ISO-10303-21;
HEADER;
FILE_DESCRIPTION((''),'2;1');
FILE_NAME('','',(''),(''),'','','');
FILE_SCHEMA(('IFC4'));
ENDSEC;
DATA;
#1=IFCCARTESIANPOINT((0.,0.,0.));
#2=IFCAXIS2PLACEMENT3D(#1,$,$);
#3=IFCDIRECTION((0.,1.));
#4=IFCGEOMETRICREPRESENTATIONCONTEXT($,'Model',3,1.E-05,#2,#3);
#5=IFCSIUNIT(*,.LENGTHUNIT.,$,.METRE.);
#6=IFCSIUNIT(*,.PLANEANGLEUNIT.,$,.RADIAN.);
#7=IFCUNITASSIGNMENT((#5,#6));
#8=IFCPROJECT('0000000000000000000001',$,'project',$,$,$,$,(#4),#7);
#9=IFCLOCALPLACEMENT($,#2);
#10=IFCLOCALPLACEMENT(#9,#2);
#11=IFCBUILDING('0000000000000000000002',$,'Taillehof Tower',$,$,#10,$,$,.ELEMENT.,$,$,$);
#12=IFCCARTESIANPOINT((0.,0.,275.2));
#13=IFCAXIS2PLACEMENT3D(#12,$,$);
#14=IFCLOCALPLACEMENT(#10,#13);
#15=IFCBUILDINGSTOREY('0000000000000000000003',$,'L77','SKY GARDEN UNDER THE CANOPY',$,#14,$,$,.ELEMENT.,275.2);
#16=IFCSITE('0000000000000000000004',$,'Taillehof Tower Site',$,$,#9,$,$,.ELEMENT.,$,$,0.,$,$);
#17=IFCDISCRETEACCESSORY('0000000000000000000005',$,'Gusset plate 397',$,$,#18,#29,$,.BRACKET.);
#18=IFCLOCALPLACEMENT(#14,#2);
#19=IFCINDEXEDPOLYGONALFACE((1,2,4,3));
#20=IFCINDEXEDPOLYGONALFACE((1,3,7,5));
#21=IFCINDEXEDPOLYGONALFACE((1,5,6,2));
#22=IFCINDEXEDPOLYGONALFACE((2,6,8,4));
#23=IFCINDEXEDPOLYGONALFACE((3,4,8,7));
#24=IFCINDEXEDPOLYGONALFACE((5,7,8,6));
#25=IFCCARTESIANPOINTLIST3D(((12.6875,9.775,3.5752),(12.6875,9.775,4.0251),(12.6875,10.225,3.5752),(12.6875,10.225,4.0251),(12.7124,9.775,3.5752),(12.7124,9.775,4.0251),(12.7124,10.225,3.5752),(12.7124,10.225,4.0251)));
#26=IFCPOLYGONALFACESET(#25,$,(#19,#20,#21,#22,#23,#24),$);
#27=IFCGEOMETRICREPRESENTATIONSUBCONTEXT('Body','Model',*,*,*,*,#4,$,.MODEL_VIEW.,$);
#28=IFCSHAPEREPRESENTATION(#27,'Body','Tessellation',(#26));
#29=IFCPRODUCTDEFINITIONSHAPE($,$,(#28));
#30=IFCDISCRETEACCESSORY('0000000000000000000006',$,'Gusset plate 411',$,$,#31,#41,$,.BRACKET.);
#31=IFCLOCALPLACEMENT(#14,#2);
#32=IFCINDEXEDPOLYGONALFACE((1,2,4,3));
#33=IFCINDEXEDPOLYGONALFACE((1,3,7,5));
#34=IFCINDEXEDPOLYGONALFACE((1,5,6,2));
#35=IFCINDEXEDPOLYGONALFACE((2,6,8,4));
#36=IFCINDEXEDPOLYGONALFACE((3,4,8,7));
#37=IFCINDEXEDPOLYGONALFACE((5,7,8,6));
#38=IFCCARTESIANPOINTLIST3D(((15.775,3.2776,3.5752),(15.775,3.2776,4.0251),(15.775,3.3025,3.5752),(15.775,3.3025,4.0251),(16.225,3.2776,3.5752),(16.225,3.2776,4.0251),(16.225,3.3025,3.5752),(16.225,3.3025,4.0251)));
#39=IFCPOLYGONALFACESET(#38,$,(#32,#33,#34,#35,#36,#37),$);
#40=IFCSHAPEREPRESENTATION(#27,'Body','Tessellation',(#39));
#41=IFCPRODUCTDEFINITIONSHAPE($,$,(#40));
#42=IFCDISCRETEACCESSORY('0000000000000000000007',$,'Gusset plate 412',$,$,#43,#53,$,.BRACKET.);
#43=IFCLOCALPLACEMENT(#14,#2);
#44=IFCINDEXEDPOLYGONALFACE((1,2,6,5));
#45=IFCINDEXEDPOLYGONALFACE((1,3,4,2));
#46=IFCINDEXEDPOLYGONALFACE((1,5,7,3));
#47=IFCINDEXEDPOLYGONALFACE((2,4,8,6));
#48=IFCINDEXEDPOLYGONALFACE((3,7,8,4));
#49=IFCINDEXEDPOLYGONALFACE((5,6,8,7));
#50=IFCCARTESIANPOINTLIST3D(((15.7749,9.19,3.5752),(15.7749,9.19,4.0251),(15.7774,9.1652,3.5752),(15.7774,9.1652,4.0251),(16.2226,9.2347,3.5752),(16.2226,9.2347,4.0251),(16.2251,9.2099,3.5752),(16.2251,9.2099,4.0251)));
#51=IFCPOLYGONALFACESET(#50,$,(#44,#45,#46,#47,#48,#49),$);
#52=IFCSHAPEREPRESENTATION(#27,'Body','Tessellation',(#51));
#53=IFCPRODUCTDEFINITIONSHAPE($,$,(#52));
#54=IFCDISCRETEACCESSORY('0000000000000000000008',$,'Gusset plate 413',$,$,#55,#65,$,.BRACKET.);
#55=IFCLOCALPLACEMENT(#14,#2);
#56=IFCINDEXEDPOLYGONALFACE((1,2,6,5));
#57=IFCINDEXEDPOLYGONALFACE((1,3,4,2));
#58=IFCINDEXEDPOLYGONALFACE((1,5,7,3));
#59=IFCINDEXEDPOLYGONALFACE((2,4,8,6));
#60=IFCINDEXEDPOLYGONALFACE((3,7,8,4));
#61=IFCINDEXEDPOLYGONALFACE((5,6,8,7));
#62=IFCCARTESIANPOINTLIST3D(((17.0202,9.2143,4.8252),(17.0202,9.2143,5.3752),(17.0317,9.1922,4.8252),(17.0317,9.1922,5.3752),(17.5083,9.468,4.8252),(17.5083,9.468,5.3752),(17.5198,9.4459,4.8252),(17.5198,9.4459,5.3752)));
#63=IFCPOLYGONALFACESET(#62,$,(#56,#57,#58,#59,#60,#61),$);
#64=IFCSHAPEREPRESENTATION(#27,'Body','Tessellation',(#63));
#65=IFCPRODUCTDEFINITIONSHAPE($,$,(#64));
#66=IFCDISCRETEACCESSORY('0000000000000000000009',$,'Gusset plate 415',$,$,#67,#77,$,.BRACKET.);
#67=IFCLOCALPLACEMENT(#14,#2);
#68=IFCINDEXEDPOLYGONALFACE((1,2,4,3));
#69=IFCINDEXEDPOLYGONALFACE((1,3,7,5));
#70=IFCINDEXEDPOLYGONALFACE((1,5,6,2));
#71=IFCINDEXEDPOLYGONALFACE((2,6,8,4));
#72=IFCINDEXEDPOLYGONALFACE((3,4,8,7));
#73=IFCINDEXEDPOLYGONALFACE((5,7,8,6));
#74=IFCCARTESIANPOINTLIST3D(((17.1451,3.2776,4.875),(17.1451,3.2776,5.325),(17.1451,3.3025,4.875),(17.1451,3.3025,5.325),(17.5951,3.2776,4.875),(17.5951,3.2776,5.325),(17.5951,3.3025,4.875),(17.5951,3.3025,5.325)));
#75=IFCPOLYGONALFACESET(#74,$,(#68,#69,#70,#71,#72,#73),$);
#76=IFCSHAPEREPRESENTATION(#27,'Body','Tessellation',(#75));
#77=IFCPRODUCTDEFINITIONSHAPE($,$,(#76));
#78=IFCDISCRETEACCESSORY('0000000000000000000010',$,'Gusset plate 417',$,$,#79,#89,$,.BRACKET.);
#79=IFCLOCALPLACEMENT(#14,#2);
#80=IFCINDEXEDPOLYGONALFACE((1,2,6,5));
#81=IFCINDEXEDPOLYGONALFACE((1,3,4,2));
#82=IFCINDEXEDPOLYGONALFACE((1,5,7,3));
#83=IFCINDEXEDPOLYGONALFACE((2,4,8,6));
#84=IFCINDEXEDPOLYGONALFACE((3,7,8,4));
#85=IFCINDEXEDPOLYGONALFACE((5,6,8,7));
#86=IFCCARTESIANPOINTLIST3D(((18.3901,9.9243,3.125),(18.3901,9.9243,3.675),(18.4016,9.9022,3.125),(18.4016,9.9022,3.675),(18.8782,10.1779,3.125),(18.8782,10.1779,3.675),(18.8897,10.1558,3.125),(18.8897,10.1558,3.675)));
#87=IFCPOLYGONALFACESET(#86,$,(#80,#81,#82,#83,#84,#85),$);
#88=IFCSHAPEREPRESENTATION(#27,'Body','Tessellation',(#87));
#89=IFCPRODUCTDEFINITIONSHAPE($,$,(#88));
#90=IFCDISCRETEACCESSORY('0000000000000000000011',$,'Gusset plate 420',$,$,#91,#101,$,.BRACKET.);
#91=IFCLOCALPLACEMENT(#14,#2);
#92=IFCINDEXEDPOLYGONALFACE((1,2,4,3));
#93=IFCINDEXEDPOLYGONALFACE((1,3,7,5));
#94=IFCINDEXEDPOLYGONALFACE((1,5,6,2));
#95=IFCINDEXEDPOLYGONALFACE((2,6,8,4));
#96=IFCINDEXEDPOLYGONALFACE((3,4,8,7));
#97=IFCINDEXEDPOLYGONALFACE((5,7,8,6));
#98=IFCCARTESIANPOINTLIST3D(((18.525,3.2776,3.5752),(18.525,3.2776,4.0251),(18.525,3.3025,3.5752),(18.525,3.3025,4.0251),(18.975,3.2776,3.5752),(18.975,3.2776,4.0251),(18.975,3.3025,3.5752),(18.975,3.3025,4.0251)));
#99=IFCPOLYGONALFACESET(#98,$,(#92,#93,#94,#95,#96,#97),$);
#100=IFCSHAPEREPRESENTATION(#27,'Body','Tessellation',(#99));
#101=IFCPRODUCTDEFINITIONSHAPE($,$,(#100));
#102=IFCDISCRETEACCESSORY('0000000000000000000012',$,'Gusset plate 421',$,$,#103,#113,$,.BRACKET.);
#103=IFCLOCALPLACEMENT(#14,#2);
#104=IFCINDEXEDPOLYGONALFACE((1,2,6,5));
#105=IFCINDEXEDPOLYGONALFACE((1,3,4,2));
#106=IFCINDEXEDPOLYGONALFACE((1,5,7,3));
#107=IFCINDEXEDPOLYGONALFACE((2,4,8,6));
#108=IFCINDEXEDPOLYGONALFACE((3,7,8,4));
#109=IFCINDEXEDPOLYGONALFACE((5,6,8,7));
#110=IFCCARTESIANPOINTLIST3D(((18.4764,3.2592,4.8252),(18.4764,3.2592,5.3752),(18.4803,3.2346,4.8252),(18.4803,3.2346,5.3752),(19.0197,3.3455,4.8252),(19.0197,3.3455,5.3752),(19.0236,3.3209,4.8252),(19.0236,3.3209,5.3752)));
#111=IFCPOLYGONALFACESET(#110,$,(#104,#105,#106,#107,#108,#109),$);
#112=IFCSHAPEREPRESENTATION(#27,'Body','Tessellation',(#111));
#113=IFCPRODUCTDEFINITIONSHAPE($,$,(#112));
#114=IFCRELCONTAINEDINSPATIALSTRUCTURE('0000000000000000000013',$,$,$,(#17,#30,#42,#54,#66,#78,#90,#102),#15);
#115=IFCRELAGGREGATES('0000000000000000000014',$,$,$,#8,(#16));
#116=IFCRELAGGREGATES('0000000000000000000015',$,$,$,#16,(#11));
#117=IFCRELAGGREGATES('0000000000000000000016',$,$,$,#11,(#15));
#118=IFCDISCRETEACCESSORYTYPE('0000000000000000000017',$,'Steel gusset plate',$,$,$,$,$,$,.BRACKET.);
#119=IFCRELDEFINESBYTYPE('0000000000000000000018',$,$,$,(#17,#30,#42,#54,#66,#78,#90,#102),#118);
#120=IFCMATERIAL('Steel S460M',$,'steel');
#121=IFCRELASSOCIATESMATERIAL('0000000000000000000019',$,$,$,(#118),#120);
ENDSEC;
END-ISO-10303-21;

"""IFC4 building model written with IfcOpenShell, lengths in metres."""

from ifc_helpers import new_model, si_unit, direction, frame, origin, origin_2d, place, context, subcontext, project, spatial, rectangle, extrude, material, type_object, element, save


model = new_model("IFC4")

# Units and contexts
model_context = context("Model", 3, precision=1e-05, world=origin(), true_north=direction((0.0, 1.0)))
body_context = subcontext(model_context, "Body", "Model", "MODEL_VIEW")
ifc_project = project(units=[si_unit("LENGTHUNIT", "METRE"), si_unit("PLANEANGLEUNIT", "RADIAN")], contexts=[model_context])

# Site, building, storey
site_placement = place(None, origin())
site = spatial("IfcSite", under=ifc_project, at=site_placement, Name="Taillehof Tower Site", CompositionType="ELEMENT", RefElevation=0.0)
building_placement = place(site_placement, origin())
building = spatial("IfcBuilding", under=site, at=building_placement, Name="Taillehof Tower", CompositionType="ELEMENT")
storey_placement = place(building_placement, frame((0.0, 0.0, 275.2)))
storey = spatial("IfcBuildingStorey", under=building, at=storey_placement, Name="L77", Description="SKY GARDEN UNDER THE CANOPY", CompositionType="ELEMENT", Elevation=275.2)

# Discrete accessories
ifc_material_1 = material(Name="Steel S460M", Category="steel")
discrete_accessory_type_1 = type_object("IfcDiscreteAccessoryType", Name="Steel gusset plate", PredefinedType="BRACKET", material=ifc_material_1)
for number, where, z_axis, x_axis, name in (
    (1, (12.7, 10.0, 3.5752), (0.0, 0.0, 1.0), (0.0, -1.0, 0.0), "Gusset plate 397"),
    (2, (16.0, 3.29, 3.5752), (0.0, 0.0, 1.0), (-1.0, 0.0, 0.0), "Gusset plate 411"),
    (3, (16.0, 9.2, 3.5752), (0.0, 0.0, 1.0), (-0.99506, -0.09928, 0.0), "Gusset plate 412"),
):
    element("IfcDiscreteAccessory", number, at=place(storey_placement, frame(where, z_axis=z_axis, x_axis=x_axis)), inside=storey, type_object=discrete_accessory_type_1, Name=name, PredefinedType="BRACKET", context=body_context, shape_type="SweptSolid", body=[
        extrude(rectangle(XDim=0.45, YDim=0.0249, at=origin_2d()), origin(), (0.0, 0.0, 1.0), 0.45),
    ])
discrete_accessory_1_placement = place(storey_placement, frame((17.27, 9.3301, 4.8252), z_axis=(0.0, 0.0, 1.0), x_axis=(-0.887314, -0.461166, 0.0)))
element("IfcDiscreteAccessory", 4, at=discrete_accessory_1_placement, inside=storey, type_object=discrete_accessory_type_1, Name="Gusset plate 413", PredefinedType="BRACKET", context=body_context, shape_type="SweptSolid", body=[
    extrude(rectangle(XDim=0.55, YDim=0.0249, at=origin_2d()), origin(), (0.0, 0.0, 1.0), 0.55),
])
discrete_accessory_2_placement = place(storey_placement, frame((17.3701, 3.29, 4.875), z_axis=(0.0, 0.0, 1.0), x_axis=(-1.0, 0.0, 0.0)))
element("IfcDiscreteAccessory", 5, at=discrete_accessory_2_placement, inside=storey, type_object=discrete_accessory_type_1, Name="Gusset plate 415", PredefinedType="BRACKET", context=body_context, shape_type="SweptSolid", body=[
    extrude(rectangle(XDim=0.45, YDim=0.0249, at=origin_2d()), origin(), (0.0, 0.0, 1.0), 0.45),
])
discrete_accessory_3_placement = place(storey_placement, frame((18.6399, 10.04, 3.125), z_axis=(0.0, 0.0, 1.0), x_axis=(-0.887314, -0.461166, 0.0)))
element("IfcDiscreteAccessory", 6, at=discrete_accessory_3_placement, inside=storey, type_object=discrete_accessory_type_1, Name="Gusset plate 417", PredefinedType="BRACKET", context=body_context, shape_type="SweptSolid", body=[
    extrude(rectangle(XDim=0.55, YDim=0.0249, at=origin_2d()), origin(), (0.0, 0.0, 1.0), 0.55),
])
discrete_accessory_4_placement = place(storey_placement, frame((18.75, 3.29, 3.5752), z_axis=(0.0, 0.0, 1.0), x_axis=(-1.0, 0.0, 0.0)))
element("IfcDiscreteAccessory", 7, at=discrete_accessory_4_placement, inside=storey, type_object=discrete_accessory_type_1, Name="Gusset plate 420", PredefinedType="BRACKET", context=body_context, shape_type="SweptSolid", body=[
    extrude(rectangle(XDim=0.45, YDim=0.0249, at=origin_2d()), origin(), (0.0, 0.0, 1.0), 0.45),
])
discrete_accessory_5_placement = place(storey_placement, frame((18.75, 3.29, 4.8252), z_axis=(0.0, 0.0, 1.0), x_axis=(-0.987636, -0.156765, 0.0)))
element("IfcDiscreteAccessory", 8, at=discrete_accessory_5_placement, inside=storey, type_object=discrete_accessory_type_1, Name="Gusset plate 421", PredefinedType="BRACKET", context=body_context, shape_type="SweptSolid", body=[
    extrude(rectangle(XDim=0.55, YDim=0.0249, at=origin_2d()), origin(), (0.0, 0.0, 1.0), 0.55),
])

save(model, "model.ifc")
